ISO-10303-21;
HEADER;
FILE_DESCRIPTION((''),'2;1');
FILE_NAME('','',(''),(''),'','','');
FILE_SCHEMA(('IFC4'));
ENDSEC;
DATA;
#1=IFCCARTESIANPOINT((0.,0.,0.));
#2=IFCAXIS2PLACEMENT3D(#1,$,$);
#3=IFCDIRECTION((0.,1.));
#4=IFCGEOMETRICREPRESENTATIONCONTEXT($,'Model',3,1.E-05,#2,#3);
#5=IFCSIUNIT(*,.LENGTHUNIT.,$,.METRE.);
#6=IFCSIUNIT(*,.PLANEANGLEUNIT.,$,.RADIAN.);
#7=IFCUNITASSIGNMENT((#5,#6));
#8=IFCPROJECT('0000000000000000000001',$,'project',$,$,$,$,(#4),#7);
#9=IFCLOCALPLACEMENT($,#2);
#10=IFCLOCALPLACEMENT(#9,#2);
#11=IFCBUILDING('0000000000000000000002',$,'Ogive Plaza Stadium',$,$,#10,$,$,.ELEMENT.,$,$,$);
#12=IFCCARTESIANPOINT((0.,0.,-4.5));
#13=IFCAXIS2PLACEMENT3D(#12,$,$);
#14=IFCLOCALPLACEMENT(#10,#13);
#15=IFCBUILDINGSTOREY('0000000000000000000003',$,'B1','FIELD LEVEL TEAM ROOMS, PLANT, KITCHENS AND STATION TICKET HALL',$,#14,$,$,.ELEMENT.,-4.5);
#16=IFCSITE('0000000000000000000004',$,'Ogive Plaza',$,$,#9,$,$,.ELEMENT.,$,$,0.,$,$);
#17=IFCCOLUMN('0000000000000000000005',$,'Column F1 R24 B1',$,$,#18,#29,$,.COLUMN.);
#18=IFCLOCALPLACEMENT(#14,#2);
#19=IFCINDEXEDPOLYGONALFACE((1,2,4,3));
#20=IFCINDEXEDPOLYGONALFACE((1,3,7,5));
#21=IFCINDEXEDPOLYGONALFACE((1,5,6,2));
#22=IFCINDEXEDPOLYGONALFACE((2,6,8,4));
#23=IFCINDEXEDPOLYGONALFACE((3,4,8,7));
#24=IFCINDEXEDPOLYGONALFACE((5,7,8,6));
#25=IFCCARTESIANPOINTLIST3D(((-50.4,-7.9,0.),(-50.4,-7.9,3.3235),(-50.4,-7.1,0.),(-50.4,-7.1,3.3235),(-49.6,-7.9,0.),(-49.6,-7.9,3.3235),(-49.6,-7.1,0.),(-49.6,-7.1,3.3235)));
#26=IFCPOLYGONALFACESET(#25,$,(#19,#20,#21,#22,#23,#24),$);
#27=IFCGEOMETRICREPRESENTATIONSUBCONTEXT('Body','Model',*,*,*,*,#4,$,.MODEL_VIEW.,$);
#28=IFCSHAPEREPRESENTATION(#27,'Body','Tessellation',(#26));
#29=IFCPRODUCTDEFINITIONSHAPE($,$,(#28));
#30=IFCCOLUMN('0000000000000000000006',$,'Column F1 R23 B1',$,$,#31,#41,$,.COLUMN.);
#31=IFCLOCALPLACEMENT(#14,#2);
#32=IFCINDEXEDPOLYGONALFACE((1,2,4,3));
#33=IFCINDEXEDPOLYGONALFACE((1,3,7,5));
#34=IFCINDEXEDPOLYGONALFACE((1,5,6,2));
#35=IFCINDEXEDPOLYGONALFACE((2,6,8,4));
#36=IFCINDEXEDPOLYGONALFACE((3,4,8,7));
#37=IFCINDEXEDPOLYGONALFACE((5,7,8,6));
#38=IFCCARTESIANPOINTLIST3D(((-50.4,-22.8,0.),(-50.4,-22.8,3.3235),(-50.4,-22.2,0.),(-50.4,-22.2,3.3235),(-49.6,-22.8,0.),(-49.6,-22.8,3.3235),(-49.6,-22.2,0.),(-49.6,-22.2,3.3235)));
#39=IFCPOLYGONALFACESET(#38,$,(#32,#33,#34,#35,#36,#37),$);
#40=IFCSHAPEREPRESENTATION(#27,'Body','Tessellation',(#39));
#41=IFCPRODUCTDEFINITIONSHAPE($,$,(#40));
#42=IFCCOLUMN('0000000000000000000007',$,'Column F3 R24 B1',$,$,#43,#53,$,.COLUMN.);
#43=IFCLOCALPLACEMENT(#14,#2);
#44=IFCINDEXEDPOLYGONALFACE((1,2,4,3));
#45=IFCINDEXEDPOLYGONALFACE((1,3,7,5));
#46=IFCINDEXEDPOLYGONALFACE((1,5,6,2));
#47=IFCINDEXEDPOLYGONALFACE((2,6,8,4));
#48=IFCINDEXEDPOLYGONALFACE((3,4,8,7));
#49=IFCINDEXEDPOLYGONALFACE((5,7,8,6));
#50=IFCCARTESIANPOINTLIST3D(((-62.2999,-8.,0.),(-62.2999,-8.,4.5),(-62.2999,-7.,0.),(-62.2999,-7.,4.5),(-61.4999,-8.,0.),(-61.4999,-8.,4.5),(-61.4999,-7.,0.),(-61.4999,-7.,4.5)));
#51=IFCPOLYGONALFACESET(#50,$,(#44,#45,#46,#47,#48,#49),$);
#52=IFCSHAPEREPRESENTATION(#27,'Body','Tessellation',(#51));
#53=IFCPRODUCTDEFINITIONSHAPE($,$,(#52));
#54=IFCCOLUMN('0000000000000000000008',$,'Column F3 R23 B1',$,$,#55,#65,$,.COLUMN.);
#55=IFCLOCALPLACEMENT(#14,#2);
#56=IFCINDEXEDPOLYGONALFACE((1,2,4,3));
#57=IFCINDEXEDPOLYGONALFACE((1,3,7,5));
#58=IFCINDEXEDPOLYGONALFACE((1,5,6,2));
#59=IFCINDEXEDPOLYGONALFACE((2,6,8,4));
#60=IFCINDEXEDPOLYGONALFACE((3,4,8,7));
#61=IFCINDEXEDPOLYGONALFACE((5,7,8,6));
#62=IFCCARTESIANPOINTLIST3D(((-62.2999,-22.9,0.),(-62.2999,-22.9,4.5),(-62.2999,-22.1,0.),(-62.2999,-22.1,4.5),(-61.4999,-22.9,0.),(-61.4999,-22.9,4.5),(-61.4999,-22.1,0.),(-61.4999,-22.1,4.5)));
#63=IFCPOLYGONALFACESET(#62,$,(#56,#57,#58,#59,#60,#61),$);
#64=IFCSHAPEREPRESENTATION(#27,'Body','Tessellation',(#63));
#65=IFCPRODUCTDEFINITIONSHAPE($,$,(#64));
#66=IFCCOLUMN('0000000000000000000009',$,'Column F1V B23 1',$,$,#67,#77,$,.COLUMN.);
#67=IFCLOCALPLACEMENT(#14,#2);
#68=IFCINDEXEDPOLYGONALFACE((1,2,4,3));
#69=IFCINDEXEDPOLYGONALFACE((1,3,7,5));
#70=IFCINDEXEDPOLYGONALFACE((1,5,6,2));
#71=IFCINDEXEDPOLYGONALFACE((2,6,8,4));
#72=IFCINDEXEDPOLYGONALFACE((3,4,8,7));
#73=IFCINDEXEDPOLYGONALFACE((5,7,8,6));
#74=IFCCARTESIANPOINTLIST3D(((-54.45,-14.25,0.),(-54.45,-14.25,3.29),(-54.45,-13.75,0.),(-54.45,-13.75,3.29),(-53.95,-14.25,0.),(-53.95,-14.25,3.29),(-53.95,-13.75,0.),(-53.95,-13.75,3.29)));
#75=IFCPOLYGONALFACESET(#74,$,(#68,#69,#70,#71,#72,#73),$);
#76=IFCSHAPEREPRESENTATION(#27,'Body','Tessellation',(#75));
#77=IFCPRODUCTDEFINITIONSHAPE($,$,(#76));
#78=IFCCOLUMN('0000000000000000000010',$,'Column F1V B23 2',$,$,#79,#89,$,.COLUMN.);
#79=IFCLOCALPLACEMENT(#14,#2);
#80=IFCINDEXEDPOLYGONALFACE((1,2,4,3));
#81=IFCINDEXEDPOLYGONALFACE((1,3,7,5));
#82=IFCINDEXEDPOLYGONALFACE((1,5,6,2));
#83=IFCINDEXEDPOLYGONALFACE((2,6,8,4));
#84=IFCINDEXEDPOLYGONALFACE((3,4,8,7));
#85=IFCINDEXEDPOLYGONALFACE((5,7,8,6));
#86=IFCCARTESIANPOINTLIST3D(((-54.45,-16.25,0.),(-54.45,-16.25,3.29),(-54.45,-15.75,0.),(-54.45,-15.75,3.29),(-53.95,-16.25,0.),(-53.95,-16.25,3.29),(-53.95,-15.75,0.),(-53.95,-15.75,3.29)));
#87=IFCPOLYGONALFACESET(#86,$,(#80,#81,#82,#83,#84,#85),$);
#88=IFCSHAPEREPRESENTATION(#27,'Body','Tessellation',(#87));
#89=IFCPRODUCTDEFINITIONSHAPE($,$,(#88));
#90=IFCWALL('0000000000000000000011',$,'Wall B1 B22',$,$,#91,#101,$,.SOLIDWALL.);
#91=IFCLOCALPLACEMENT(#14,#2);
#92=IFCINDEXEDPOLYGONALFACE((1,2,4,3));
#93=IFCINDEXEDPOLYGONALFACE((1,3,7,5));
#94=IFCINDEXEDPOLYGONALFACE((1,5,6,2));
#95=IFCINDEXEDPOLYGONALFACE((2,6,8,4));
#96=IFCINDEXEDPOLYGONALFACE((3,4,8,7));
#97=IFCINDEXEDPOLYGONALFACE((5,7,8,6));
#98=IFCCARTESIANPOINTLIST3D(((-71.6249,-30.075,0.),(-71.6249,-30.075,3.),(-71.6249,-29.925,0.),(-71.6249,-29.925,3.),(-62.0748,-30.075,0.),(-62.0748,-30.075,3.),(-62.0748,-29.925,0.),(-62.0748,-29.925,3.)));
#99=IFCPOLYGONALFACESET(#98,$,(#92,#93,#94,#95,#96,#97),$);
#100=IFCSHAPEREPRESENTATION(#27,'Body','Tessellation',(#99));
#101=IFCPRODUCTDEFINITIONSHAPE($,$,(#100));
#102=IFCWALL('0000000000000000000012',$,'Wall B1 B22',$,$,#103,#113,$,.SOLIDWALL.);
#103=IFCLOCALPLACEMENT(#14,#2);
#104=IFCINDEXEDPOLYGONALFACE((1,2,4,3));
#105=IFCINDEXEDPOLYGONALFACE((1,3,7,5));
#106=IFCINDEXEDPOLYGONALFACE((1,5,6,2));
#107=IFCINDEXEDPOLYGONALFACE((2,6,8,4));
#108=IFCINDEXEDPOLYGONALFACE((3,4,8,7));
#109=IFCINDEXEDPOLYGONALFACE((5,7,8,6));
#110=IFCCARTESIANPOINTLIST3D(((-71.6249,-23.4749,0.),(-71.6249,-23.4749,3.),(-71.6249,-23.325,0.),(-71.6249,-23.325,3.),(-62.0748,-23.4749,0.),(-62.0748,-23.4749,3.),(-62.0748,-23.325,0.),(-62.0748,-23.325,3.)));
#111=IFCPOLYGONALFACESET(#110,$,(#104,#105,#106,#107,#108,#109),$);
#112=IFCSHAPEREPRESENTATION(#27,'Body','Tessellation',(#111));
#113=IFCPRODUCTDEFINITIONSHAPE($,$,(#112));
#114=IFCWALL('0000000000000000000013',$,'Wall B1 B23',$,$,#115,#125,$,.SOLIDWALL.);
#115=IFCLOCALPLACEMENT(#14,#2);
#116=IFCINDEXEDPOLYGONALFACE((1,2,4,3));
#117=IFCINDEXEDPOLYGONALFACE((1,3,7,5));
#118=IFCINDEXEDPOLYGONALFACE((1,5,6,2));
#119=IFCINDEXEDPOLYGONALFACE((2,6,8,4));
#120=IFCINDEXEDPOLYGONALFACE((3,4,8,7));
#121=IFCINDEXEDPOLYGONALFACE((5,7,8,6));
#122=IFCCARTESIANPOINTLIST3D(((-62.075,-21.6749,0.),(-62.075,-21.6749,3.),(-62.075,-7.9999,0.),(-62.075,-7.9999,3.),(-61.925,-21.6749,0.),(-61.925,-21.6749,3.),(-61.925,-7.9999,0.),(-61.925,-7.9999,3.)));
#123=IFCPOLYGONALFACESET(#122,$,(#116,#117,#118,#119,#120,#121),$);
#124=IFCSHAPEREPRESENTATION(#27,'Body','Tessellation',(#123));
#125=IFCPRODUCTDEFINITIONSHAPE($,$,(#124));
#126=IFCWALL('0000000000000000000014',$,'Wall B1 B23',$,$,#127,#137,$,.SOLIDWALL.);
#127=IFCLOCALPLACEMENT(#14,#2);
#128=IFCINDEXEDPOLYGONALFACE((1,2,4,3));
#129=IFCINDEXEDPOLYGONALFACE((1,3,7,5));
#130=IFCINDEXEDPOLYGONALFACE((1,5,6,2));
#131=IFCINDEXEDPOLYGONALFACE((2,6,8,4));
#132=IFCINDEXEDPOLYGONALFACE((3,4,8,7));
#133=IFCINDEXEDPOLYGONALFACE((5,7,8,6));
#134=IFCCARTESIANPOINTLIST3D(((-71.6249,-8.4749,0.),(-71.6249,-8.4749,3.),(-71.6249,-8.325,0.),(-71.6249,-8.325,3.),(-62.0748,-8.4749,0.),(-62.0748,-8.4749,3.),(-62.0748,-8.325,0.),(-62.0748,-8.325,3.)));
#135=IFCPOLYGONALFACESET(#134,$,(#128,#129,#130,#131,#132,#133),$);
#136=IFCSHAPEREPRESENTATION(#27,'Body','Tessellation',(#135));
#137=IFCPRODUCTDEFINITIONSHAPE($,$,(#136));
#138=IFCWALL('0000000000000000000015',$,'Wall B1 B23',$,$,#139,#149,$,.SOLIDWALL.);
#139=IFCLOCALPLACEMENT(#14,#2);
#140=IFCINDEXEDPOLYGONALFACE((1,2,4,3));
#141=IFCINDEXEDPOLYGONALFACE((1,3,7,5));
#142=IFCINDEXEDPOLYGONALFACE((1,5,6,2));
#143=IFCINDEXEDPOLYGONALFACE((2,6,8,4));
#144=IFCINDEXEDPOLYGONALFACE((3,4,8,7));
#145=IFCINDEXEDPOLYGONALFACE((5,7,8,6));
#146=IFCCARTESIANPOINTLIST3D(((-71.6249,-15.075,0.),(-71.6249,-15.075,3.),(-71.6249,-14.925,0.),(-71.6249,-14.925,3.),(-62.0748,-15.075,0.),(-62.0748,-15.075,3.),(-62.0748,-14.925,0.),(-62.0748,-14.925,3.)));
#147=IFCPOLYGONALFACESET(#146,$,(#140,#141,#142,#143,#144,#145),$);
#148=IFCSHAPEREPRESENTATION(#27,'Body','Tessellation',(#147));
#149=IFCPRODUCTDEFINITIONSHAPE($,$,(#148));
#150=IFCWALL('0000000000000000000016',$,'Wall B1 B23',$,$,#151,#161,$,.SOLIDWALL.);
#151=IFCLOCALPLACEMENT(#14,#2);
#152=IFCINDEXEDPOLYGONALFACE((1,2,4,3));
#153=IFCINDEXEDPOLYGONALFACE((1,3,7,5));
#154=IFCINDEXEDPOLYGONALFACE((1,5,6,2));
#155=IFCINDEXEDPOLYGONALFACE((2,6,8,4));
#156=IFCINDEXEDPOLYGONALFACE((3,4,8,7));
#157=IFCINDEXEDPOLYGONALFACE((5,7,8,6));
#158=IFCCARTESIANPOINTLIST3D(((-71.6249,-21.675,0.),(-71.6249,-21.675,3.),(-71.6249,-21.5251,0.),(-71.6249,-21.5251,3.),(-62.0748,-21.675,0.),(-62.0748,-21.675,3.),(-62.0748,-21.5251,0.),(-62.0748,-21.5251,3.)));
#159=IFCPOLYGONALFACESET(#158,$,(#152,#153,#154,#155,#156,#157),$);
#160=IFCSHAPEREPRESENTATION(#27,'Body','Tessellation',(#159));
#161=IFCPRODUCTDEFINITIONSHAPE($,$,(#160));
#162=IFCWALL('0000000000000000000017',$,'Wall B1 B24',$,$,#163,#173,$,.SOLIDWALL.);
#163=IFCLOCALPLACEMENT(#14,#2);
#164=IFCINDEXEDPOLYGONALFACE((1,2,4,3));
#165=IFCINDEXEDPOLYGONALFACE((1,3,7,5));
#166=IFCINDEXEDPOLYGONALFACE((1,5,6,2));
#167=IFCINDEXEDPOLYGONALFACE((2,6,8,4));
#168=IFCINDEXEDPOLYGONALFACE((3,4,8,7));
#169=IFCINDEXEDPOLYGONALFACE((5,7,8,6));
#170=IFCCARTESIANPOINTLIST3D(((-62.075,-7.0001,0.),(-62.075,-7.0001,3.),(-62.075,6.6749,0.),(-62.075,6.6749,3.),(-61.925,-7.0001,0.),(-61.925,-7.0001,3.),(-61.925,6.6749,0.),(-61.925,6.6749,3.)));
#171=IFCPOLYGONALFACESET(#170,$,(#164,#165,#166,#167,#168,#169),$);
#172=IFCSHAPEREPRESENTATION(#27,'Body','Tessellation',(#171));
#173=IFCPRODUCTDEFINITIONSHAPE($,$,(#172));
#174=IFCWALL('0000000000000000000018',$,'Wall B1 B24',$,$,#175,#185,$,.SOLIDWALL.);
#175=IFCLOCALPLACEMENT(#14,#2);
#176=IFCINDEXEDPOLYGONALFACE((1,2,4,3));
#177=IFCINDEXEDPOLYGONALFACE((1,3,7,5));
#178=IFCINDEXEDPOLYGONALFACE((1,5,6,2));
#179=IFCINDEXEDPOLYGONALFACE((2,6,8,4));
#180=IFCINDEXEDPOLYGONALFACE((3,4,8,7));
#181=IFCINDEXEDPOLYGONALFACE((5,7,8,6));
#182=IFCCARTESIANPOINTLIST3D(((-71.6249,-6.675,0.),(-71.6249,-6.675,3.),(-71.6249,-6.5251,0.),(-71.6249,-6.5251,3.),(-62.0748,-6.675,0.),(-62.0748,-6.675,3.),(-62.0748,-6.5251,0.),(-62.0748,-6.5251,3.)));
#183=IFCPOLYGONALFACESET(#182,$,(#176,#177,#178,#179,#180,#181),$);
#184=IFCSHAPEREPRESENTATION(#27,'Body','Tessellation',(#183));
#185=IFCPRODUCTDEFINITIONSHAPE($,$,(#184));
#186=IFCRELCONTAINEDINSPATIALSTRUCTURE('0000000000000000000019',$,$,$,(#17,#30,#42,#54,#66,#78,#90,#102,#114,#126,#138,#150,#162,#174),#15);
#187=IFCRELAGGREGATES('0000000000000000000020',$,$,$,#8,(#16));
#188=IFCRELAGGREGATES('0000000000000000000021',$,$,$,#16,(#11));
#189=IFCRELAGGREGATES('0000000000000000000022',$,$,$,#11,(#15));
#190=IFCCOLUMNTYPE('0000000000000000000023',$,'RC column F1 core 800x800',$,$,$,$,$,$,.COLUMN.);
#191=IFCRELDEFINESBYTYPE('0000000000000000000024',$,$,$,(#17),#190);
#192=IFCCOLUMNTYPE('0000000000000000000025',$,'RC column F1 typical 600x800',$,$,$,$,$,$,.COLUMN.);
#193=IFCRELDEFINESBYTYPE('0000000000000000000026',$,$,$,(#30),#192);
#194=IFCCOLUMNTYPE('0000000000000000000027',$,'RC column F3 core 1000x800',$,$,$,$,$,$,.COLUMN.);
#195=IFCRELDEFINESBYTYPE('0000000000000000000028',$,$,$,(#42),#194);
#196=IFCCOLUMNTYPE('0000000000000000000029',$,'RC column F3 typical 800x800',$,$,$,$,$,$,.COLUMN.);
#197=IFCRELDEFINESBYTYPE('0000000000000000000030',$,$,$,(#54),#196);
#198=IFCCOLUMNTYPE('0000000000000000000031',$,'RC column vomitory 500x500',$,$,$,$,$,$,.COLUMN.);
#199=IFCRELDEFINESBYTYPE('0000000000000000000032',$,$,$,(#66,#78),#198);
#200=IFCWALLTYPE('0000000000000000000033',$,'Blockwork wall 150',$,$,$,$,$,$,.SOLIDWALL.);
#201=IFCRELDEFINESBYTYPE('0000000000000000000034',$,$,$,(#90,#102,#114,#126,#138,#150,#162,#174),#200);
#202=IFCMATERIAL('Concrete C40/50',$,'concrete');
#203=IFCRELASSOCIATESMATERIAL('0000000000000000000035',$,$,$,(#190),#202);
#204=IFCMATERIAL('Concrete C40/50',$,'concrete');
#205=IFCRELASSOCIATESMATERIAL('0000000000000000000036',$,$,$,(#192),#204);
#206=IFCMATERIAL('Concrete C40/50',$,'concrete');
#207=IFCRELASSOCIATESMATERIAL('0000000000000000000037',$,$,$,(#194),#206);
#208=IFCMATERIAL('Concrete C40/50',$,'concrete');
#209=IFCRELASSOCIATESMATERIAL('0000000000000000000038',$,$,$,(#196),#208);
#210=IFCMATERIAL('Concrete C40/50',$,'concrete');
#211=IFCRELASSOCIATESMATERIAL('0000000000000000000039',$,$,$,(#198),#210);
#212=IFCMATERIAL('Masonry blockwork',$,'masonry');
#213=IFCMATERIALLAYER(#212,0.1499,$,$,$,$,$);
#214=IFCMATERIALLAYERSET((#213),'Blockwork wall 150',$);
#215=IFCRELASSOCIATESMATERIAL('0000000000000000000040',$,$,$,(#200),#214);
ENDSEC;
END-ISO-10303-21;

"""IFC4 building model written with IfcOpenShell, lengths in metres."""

from ifc_helpers import new_model, si_unit, direction, frame, frame_2d, origin, origin_2d, place, context, subcontext, project, spatial, rectangle, extrude, material, layer, layer_set, material_profile, profile_set, type_object, element, save


model = new_model("IFC4")

# Units and contexts
model_context = context("Model", 3, precision=1e-05, world=origin(), true_north=direction((0.0, 1.0)))
body_context = subcontext(model_context, "Body", "Model", "MODEL_VIEW")
ifc_project = project(units=[si_unit("LENGTHUNIT", "METRE"), si_unit("PLANEANGLEUNIT", "RADIAN")], contexts=[model_context])

# Site, building, storey
site_placement = place(None, origin())
site = spatial("IfcSite", under=ifc_project, at=site_placement, Name="Ogive Plaza", CompositionType="ELEMENT", RefElevation=0.0)
building_placement = place(site_placement, origin())
building = spatial("IfcBuilding", under=site, at=building_placement, Name="Ogive Plaza Stadium", CompositionType="ELEMENT")
storey_placement = place(building_placement, frame((0.0, 0.0, -4.5)))
storey = spatial("IfcBuildingStorey", under=building, at=storey_placement, Name="B1", Description="FIELD LEVEL TEAM ROOMS, PLANT, KITCHENS AND STATION TICKET HALL", CompositionType="ELEMENT", Elevation=-4.5)

# Columns
ifc_material_1 = material(Name="Concrete C40/50", Category="concrete")
ifc_material_profile_1 = material_profile(ifc_material_1, rectangle(XDim=0.8, YDim=0.8, at=origin_2d()), Name="RC 800x800")
ifc_profile_set_1 = profile_set([ifc_material_profile_1], Name="Concrete C40/50")
column_type_1 = type_object("IfcColumnType", Name="RC column F1 core 800x800", PredefinedType="COLUMN", material=ifc_profile_set_1)
column_1_placement = place(storey_placement, frame((-50.0, -7.5, 0.0), z_axis=(0.0, 0.0, 1.0), x_axis=(0.0, -1.0, 0.0)))
element("IfcColumn", 1, at=column_1_placement, inside=storey, type_object=column_type_1, Name="Column F1 R24 B1", PredefinedType="COLUMN", context=body_context, shape_type="SweptSolid", body=[
    extrude(rectangle(XDim=0.8, YDim=0.8, at=origin_2d()), origin(), (0.0, 0.0, 1.0), 3.3235),
])
ifc_material_2 = material(Name="Concrete C40/50", Category="concrete")
ifc_material_profile_2 = material_profile(ifc_material_2, rectangle(XDim=0.6001, YDim=0.8, at=origin_2d()), Name="RC 600x800")
ifc_profile_set_2 = profile_set([ifc_material_profile_2], Name="Concrete C40/50")
column_type_2 = type_object("IfcColumnType", Name="RC column F1 typical 600x800", PredefinedType="COLUMN", material=ifc_profile_set_2)
column_2_placement = place(storey_placement, frame((-50.0, -22.5, 0.0), z_axis=(0.0, 0.0, 1.0), x_axis=(0.0, -1.0, 0.0)))
element("IfcColumn", 2, at=column_2_placement, inside=storey, type_object=column_type_2, Name="Column F1 R23 B1", PredefinedType="COLUMN", context=body_context, shape_type="SweptSolid", body=[
    extrude(rectangle(XDim=0.6001, YDim=0.8, at=origin_2d()), origin(), (0.0, 0.0, 1.0), 3.3235),
])
ifc_material_3 = material(Name="Concrete C40/50", Category="concrete")
ifc_material_profile_3 = material_profile(ifc_material_3, rectangle(XDim=1.0, YDim=0.8, at=origin_2d()), Name="RC 1000x800")
ifc_profile_set_3 = profile_set([ifc_material_profile_3], Name="Concrete C40/50")
column_type_3 = type_object("IfcColumnType", Name="RC column F3 core 1000x800", PredefinedType="COLUMN", material=ifc_profile_set_3)
column_3_placement = place(storey_placement, frame((-61.8999, -7.5, 0.0), z_axis=(0.0, 0.0, 1.0), x_axis=(0.0, -1.0, 0.0)))
element("IfcColumn", 3, at=column_3_placement, inside=storey, type_object=column_type_3, Name="Column F3 R24 B1", PredefinedType="COLUMN", context=body_context, shape_type="SweptSolid", body=[
    extrude(rectangle(XDim=1.0, YDim=0.8, at=origin_2d()), origin(), (0.0, 0.0, 1.0), 4.5),
])
ifc_material_4 = material(Name="Concrete C40/50", Category="concrete")
ifc_material_profile_4 = material_profile(ifc_material_4, rectangle(XDim=0.8, YDim=0.8, at=origin_2d()), Name="RC 800x800")
ifc_profile_set_4 = profile_set([ifc_material_profile_4], Name="Concrete C40/50")
column_type_4 = type_object("IfcColumnType", Name="RC column F3 typical 800x800", PredefinedType="COLUMN", material=ifc_profile_set_4)
column_4_placement = place(storey_placement, frame((-61.8999, -22.5, 0.0), z_axis=(0.0, 0.0, 1.0), x_axis=(0.0, -1.0, 0.0)))
element("IfcColumn", 4, at=column_4_placement, inside=storey, type_object=column_type_4, Name="Column F3 R23 B1", PredefinedType="COLUMN", context=body_context, shape_type="SweptSolid", body=[
    extrude(rectangle(XDim=0.8, YDim=0.8, at=origin_2d()), origin(), (0.0, 0.0, 1.0), 4.5),
])
ifc_material_5 = material(Name="Concrete C40/50", Category="concrete")
ifc_material_profile_5 = material_profile(ifc_material_5, rectangle(XDim=0.5, YDim=0.5, at=origin_2d()), Name="RC 500x500")
ifc_profile_set_5 = profile_set([ifc_material_profile_5], Name="Concrete C40/50")
column_type_5 = type_object("IfcColumnType", Name="RC column vomitory 500x500", PredefinedType="COLUMN", material=ifc_profile_set_5)
for number, where, z_axis, x_axis, name in (
    (5, (-54.2, -14.0, 0.0), (0.0, 0.0, 1.0), (0.0, -1.0, 0.0), "Column F1V B23 1"),
    (6, (-54.2, -16.0, 0.0), (0.0, 0.0, 1.0), (0.0, -1.0, 0.0), "Column F1V B23 2"),
):
    element("IfcColumn", number, at=place(storey_placement, frame(where, z_axis=z_axis, x_axis=x_axis)), inside=storey, type_object=column_type_5, Name=name, PredefinedType="COLUMN", context=body_context, shape_type="SweptSolid", body=[
        extrude(rectangle(XDim=0.5, YDim=0.5, at=origin_2d()), origin(), (0.0, 0.0, 1.0), 3.29),
    ])

# Walls
ifc_material_6 = material(Name="Masonry blockwork", Category="masonry")
ifc_layer_1 = layer(ifc_material_6, 0.1499)
ifc_layer_set_1 = layer_set([ifc_layer_1], Name="Blockwork wall 150")
wall_type = type_object("IfcWallType", Name="Blockwork wall 150", PredefinedType="SOLIDWALL", material=ifc_layer_set_1)
for number, where, z_axis, x_axis, name in (
    (7, (-62.075, -30.0, 0.0), (0.0, 0.0, 1.0), (-1.0, 0.0, 0.0), "Wall B1 B22"),
    (8, (-62.075, -23.3999, 0.0), (0.0, 0.0, 1.0), (-1.0, 0.0, 0.0), "Wall B1 B22"),
):
    element("IfcWall", number, at=place(storey_placement, frame(where, z_axis=z_axis, x_axis=x_axis)), inside=storey, type_object=wall_type, Name=name, PredefinedType="SOLIDWALL", context=body_context, shape_type="SweptSolid", body=[
        extrude(rectangle(XDim=9.55, YDim=0.1499, at=frame_2d((4.7749, 0.0))), origin(), (0.0, 0.0, 1.0), 3.0),
    ])
wall_1_placement = place(storey_placement, frame((-62.0, -8.0, 0.0), z_axis=(0.0, 0.0, 1.0), x_axis=(0.0, -1.0, 0.0)))
element("IfcWall", 9, at=wall_1_placement, inside=storey, type_object=wall_type, Name="Wall B1 B23", PredefinedType="SOLIDWALL", context=body_context, shape_type="SweptSolid", body=[
    extrude(rectangle(XDim=13.675, YDim=0.1499, at=frame_2d((6.8374, 0.0))), origin(), (0.0, 0.0, 1.0), 3.0),
])
for number, where, z_axis, x_axis, name in (
    (10, (-62.075, -8.3999, 0.0), (0.0, 0.0, 1.0), (-1.0, 0.0, 0.0), "Wall B1 B23"),
    (11, (-62.075, -15.0, 0.0), (0.0, 0.0, 1.0), (-1.0, 0.0, 0.0), "Wall B1 B23"),
    (12, (-62.075, -21.6001, 0.0), (0.0, 0.0, 1.0), (-1.0, 0.0, 0.0), "Wall B1 B23"),
):
    element("IfcWall", number, at=place(storey_placement, frame(where, z_axis=z_axis, x_axis=x_axis)), inside=storey, type_object=wall_type, Name=name, PredefinedType="SOLIDWALL", context=body_context, shape_type="SweptSolid", body=[
        extrude(rectangle(XDim=9.55, YDim=0.1499, at=frame_2d((4.7749, 0.0))), origin(), (0.0, 0.0, 1.0), 3.0),
    ])
wall_2_placement = place(storey_placement, frame((-62.0, -7.0, 0.0), z_axis=(0.0, 0.0, 1.0), x_axis=(0.0, 1.0, 0.0)))
element("IfcWall", 13, at=wall_2_placement, inside=storey, type_object=wall_type, Name="Wall B1 B24", PredefinedType="SOLIDWALL", context=body_context, shape_type="SweptSolid", body=[
    extrude(rectangle(XDim=13.675, YDim=0.1499, at=frame_2d((6.8374, 0.0))), origin(), (0.0, 0.0, 1.0), 3.0),
])
wall_3_placement = place(storey_placement, frame((-62.075, -6.6001, 0.0), z_axis=(0.0, 0.0, 1.0), x_axis=(-1.0, 0.0, 0.0)))
element("IfcWall", 14, at=wall_3_placement, inside=storey, type_object=wall_type, Name="Wall B1 B24", PredefinedType="SOLIDWALL", context=body_context, shape_type="SweptSolid", body=[
    extrude(rectangle(XDim=9.55, YDim=0.1499, at=frame_2d((4.7749, 0.0))), origin(), (0.0, 0.0, 1.0), 3.0),
])

save(model, "model.ifc")
